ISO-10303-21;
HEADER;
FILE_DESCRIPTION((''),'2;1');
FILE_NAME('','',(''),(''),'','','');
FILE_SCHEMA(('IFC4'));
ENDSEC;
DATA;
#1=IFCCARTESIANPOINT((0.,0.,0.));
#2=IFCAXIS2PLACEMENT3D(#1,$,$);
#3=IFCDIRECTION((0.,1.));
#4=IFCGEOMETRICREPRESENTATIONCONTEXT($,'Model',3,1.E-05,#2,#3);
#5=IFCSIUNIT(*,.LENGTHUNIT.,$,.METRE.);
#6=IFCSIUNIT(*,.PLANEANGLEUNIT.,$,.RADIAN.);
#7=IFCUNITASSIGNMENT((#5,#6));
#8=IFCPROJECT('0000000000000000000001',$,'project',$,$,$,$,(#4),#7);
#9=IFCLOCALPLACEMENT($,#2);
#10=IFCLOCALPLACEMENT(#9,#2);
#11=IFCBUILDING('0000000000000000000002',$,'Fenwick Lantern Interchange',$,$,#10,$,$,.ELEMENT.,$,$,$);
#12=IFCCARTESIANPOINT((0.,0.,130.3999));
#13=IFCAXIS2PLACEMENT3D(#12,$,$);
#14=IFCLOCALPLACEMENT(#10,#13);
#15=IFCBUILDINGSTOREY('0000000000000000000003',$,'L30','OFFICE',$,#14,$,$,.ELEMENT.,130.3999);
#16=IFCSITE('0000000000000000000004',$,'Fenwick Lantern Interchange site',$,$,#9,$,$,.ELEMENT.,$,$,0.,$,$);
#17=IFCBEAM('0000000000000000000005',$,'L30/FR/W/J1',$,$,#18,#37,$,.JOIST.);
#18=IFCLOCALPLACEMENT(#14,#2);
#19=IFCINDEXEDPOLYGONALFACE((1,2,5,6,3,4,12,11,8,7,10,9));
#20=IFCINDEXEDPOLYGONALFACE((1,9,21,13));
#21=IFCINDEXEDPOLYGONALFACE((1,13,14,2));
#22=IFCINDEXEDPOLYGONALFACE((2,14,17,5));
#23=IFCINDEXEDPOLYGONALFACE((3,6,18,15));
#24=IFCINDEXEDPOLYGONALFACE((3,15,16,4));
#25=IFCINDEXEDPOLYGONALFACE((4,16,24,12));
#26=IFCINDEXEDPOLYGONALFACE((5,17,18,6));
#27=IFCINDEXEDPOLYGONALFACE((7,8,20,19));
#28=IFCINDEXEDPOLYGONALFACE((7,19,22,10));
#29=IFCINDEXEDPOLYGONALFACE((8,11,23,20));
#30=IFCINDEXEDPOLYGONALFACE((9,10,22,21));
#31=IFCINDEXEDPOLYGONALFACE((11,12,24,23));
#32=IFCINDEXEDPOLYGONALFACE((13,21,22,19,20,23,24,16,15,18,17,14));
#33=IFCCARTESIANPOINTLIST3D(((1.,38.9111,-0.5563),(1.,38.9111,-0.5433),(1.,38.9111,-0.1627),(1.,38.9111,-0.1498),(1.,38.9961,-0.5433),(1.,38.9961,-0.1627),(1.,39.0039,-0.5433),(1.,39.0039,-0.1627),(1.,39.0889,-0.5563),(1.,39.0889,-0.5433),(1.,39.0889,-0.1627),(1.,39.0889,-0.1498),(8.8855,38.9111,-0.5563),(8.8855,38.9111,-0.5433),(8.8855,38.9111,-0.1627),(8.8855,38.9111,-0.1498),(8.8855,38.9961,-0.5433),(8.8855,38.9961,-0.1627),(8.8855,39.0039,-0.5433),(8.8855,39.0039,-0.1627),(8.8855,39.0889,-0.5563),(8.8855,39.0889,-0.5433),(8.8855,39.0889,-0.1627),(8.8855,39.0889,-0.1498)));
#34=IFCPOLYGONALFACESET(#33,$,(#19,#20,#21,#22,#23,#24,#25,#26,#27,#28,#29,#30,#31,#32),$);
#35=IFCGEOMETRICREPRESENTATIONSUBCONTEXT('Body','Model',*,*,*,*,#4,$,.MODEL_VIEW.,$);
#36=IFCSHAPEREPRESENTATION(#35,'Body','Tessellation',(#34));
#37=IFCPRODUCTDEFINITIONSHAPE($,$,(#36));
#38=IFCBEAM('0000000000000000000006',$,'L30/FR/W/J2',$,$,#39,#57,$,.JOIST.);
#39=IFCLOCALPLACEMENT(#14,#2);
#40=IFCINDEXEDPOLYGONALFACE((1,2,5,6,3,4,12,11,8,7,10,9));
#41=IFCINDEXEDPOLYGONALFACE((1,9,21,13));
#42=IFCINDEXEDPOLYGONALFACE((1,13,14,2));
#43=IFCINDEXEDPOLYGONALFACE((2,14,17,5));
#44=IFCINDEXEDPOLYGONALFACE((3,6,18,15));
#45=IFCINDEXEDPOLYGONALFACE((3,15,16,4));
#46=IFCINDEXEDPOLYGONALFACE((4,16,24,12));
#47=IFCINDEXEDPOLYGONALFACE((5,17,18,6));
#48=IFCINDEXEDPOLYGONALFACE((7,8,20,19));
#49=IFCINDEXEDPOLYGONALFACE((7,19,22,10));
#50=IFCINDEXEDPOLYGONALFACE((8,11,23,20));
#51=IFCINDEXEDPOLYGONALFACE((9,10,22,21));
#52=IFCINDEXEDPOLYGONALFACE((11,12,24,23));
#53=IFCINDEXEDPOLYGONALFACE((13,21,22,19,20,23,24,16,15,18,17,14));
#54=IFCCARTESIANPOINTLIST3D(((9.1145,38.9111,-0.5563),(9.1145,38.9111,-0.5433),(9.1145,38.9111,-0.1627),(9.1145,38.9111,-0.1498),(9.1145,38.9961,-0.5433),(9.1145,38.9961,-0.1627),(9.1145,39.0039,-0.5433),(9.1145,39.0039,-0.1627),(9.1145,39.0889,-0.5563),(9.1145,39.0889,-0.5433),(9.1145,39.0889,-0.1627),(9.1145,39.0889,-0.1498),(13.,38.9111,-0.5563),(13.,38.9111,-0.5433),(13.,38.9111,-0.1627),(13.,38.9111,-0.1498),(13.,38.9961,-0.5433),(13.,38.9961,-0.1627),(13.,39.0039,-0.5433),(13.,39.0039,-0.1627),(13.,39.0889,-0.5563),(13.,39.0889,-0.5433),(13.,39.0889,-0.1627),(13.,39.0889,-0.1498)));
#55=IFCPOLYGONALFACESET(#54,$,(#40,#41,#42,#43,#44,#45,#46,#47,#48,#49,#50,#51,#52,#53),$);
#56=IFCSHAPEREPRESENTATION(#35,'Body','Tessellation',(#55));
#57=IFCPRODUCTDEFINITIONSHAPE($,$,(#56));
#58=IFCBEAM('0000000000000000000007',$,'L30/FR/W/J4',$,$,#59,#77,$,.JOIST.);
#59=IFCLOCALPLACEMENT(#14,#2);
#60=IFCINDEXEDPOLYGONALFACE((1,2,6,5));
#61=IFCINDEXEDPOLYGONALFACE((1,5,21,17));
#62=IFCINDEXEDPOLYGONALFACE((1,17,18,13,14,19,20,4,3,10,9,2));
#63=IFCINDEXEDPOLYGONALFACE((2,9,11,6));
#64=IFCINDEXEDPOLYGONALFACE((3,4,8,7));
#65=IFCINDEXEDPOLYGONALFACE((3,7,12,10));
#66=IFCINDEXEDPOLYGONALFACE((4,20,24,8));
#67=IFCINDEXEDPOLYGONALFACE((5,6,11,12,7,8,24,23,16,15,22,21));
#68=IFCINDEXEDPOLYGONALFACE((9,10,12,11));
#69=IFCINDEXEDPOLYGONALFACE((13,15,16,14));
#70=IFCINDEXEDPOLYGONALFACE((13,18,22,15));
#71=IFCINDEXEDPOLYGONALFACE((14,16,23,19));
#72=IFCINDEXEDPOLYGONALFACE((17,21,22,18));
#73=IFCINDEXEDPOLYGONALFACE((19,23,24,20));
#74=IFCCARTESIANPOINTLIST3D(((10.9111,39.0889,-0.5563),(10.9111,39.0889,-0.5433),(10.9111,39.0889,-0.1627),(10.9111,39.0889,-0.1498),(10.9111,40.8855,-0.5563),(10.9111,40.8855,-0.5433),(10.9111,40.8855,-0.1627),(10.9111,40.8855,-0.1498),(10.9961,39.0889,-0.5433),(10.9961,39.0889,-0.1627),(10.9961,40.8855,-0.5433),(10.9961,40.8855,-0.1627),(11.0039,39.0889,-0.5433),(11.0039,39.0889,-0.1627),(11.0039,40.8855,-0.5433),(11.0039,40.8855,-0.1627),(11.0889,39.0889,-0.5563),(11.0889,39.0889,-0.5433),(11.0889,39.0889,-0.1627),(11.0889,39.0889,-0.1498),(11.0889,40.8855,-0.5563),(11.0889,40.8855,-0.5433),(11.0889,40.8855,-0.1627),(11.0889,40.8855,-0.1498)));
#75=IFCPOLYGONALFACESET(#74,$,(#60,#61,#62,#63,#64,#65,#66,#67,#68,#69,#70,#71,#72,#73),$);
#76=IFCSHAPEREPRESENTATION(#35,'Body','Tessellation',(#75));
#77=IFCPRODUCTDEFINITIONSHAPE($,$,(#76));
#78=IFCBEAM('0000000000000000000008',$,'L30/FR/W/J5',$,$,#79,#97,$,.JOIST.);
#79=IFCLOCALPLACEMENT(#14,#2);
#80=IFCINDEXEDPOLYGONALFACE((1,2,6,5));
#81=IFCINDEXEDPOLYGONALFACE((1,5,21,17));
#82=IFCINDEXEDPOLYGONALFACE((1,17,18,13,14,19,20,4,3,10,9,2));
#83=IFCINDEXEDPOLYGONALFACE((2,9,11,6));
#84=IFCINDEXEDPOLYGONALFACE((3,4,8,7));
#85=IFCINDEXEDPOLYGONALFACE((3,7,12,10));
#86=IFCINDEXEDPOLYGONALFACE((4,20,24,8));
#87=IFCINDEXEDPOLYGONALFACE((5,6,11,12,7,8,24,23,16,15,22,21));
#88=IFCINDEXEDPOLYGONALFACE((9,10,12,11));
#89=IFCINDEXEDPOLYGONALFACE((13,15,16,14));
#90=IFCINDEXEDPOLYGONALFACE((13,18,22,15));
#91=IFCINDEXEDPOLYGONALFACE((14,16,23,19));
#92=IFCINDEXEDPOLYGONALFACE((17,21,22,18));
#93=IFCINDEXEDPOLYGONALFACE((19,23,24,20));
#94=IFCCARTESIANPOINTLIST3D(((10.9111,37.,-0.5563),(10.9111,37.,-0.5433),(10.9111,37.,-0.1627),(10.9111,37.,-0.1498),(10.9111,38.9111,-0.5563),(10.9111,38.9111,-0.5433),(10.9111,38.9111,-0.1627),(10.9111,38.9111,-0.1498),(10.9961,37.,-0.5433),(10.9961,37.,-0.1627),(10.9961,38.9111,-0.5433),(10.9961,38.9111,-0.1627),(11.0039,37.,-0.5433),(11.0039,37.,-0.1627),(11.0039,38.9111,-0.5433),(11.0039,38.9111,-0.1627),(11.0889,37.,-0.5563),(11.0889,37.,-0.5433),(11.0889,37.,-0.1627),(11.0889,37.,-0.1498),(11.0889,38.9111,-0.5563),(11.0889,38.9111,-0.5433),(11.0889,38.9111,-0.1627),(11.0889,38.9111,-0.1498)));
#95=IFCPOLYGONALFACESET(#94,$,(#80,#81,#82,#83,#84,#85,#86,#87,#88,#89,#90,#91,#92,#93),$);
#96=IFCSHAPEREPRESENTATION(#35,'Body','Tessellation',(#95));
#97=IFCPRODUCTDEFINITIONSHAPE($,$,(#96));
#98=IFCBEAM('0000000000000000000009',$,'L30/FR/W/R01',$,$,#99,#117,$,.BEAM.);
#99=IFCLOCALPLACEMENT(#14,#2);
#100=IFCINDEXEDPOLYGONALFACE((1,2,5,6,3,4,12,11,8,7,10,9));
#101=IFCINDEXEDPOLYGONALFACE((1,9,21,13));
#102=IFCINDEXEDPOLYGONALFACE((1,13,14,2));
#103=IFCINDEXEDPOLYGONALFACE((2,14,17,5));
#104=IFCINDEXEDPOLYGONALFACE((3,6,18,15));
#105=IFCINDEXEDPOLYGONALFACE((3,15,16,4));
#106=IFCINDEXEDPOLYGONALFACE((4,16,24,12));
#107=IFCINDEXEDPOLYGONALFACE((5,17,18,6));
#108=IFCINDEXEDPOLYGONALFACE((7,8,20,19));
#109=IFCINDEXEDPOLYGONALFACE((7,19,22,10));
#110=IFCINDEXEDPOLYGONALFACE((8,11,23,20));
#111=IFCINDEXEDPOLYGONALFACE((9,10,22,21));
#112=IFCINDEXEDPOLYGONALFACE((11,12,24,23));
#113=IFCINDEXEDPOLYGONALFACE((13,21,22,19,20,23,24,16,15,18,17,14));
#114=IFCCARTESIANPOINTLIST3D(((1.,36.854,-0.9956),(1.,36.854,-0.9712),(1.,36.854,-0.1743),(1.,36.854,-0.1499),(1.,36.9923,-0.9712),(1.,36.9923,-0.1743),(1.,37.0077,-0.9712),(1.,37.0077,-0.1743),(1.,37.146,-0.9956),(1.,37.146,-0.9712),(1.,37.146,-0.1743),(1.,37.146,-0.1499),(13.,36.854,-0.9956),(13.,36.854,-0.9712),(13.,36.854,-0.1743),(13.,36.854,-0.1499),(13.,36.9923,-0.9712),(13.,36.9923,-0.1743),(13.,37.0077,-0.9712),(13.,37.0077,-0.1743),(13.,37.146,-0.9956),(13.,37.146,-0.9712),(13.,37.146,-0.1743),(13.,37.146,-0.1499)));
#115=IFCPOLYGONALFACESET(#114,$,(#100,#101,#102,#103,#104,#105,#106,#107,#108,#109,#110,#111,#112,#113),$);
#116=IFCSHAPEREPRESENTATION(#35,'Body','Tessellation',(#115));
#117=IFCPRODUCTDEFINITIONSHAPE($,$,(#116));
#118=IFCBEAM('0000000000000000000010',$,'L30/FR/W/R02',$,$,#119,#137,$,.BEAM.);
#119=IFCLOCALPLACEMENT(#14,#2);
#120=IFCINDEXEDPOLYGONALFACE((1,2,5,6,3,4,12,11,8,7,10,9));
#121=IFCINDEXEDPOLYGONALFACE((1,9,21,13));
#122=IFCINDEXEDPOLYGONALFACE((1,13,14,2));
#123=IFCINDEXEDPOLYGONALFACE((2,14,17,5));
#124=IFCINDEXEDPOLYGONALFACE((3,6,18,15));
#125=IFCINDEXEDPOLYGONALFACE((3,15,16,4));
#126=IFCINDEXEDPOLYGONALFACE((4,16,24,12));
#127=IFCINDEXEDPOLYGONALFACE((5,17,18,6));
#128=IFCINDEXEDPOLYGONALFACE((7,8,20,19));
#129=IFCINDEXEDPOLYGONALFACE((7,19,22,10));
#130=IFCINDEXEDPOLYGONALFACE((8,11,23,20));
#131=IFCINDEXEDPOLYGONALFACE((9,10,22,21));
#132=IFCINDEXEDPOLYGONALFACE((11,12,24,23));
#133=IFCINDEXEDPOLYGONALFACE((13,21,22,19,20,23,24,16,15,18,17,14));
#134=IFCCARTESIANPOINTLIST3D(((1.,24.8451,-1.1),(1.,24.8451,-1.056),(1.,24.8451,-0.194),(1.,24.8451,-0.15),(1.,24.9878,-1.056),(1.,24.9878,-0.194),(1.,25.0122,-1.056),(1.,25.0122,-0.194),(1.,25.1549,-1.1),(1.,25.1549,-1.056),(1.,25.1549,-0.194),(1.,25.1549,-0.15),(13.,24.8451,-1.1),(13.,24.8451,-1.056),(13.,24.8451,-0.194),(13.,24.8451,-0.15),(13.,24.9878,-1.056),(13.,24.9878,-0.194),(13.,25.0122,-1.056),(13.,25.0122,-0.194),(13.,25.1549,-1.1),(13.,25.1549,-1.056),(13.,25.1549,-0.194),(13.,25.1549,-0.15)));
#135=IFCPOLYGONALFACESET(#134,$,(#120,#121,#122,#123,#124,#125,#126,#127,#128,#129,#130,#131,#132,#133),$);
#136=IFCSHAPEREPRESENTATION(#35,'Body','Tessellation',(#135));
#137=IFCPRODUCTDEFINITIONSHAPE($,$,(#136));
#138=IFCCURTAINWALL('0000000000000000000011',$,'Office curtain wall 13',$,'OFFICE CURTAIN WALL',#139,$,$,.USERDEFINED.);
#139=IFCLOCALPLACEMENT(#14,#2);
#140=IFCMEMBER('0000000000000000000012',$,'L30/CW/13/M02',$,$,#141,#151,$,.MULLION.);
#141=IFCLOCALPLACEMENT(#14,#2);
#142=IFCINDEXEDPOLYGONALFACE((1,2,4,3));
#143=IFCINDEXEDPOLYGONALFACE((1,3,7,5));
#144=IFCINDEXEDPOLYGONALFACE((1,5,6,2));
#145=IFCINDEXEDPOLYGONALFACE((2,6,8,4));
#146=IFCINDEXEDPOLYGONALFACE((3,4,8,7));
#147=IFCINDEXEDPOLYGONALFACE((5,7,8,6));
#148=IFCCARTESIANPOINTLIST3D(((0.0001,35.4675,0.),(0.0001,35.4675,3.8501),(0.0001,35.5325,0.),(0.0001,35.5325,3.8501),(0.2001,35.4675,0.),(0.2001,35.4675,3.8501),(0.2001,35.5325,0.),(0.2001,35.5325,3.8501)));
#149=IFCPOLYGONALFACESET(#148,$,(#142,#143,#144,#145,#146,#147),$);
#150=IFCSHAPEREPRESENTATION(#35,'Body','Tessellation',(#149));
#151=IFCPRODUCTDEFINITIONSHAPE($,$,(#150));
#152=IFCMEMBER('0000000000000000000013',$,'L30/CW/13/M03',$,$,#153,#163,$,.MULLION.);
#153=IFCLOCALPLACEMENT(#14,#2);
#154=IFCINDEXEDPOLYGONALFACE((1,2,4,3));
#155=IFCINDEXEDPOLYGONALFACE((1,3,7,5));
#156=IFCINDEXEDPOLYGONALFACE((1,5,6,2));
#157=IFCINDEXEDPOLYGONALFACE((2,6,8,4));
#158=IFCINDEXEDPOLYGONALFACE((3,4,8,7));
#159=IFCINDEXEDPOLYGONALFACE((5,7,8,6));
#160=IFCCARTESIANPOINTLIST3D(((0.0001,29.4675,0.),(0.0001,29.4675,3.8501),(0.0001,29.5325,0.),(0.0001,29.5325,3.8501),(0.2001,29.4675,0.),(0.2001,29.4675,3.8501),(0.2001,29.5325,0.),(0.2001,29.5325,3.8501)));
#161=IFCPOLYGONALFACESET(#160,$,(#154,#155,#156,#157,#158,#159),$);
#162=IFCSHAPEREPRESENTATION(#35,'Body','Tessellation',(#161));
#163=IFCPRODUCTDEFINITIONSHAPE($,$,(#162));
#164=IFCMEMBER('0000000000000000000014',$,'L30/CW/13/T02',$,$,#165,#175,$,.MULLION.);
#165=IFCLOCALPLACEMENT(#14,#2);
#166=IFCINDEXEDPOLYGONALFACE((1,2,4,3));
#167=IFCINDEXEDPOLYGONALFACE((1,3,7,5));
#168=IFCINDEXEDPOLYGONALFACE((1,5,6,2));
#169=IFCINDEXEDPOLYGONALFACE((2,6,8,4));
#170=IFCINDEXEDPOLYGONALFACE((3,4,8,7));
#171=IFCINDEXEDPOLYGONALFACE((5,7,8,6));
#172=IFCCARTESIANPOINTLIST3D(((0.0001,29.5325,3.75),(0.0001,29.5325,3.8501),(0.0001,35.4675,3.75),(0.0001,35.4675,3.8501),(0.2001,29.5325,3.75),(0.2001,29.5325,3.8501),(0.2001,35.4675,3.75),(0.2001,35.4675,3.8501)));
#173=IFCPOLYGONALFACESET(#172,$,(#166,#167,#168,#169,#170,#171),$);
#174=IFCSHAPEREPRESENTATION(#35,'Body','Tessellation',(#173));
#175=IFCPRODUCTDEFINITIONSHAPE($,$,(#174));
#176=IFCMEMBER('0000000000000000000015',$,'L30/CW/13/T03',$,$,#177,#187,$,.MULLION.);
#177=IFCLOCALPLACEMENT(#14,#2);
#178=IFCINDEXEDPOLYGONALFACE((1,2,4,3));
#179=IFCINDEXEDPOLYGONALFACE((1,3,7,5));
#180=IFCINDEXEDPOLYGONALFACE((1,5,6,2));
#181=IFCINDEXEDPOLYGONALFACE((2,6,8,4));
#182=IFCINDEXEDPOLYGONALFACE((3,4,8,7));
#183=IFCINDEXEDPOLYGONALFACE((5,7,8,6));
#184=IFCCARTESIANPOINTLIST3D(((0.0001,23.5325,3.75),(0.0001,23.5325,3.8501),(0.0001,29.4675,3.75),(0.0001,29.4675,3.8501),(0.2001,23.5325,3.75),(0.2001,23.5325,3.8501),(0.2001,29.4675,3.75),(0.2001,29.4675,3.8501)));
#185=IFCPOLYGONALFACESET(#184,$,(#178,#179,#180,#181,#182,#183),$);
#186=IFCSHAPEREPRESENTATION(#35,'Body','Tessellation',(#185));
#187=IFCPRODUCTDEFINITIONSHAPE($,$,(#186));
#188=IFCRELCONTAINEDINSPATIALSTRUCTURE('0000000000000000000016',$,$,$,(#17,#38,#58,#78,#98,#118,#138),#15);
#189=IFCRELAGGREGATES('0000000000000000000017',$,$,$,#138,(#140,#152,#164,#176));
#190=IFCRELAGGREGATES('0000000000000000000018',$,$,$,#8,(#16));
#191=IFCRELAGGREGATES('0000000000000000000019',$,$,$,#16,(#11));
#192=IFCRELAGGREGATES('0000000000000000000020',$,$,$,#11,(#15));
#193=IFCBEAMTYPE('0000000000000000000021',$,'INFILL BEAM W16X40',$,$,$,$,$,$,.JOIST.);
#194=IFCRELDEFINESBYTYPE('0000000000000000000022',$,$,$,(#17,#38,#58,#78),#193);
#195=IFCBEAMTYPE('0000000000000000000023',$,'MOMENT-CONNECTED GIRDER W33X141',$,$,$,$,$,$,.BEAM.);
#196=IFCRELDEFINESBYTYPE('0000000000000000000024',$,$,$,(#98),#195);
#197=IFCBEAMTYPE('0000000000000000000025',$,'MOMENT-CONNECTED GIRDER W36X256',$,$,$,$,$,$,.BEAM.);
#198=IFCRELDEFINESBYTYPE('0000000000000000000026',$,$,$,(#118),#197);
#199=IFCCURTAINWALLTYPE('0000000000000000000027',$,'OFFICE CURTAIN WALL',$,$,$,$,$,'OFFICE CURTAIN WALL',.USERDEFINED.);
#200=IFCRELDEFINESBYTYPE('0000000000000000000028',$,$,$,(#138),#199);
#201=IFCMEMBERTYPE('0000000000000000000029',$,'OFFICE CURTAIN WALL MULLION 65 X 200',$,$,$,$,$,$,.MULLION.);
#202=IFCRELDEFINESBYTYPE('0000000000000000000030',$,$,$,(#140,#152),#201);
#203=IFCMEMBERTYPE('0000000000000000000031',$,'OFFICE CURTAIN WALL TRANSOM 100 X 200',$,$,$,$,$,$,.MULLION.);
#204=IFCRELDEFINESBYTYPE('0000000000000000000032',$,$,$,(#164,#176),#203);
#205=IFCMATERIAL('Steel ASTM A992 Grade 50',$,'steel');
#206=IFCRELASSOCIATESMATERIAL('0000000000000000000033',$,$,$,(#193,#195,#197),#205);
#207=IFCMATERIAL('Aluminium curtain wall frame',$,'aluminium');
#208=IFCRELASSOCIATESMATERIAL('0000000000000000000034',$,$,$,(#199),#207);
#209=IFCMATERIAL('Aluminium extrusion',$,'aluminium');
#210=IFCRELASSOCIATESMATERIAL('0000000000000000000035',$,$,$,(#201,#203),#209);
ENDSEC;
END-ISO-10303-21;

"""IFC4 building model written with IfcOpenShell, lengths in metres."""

from ifc_helpers import new_model, si_unit, direction, frame, origin, origin_2d, place, context, subcontext, project, spatial, rectangle, i_section, extrude, material, material_profile, profile_set, type_object, element, aggregate, save


model = new_model("IFC4")

# Units and contexts
model_context = context("Model", 3, precision=1e-05, world=origin(), true_north=direction((0.0, 1.0)))
body_context = subcontext(model_context, "Body", "Model", "MODEL_VIEW")
ifc_project = project(units=[si_unit("LENGTHUNIT", "METRE"), si_unit("PLANEANGLEUNIT", "RADIAN")], contexts=[model_context])

# Site, building, storey
site_placement = place(None, origin())
site = spatial("IfcSite", under=ifc_project, at=site_placement, Name="Fenwick Lantern Interchange site", CompositionType="ELEMENT", RefElevation=0.0)
building_placement = place(site_placement, origin())
building = spatial("IfcBuilding", under=site, at=building_placement, Name="Fenwick Lantern Interchange", CompositionType="ELEMENT")
storey_placement = place(building_placement, frame((0.0, 0.0, 130.3999)))
storey = spatial("IfcBuildingStorey", under=building, at=storey_placement, Name="L30", Description="OFFICE", CompositionType="ELEMENT", Elevation=130.3999)

# Shared definitions
ifc_material_1 = material(Name="Steel ASTM A992 Grade 50", Category="steel")

# Beams
ifc_material_profile_1 = material_profile(ifc_material_1, i_section(OverallWidth=0.1777, OverallDepth=0.4065, WebThickness=0.0078, FlangeThickness=0.0129, at=origin_2d()), Name="W16X40")
ifc_profile_set_1 = profile_set([ifc_material_profile_1], Name="Steel ASTM A992 Grade 50")
beam_type_1 = type_object("IfcBeamType", Name="INFILL BEAM W16X40", PredefinedType="JOIST", material=ifc_profile_set_1)
beam_1_placement = place(storey_placement, frame((1.0, 39.0, -0.353), z_axis=(1.0, 0.0, 0.0), x_axis=(0.0, 1.0, 0.0)))
element("IfcBeam", 1, at=beam_1_placement, inside=storey, type_object=beam_type_1, Name="L30/FR/W/J1", PredefinedType="JOIST", context=body_context, shape_type="SweptSolid", body=[
    extrude(i_section(OverallWidth=0.1777, OverallDepth=0.4065, WebThickness=0.0078, FlangeThickness=0.0129, at=origin_2d()), origin(), (0.0, 0.0, 1.0), 7.8855),
])
beam_2_placement = place(storey_placement, frame((9.1145, 39.0, -0.353), z_axis=(1.0, 0.0, 0.0), x_axis=(0.0, 1.0, 0.0)))
element("IfcBeam", 2, at=beam_2_placement, inside=storey, type_object=beam_type_1, Name="L30/FR/W/J2", PredefinedType="JOIST", context=body_context, shape_type="SweptSolid", body=[
    extrude(i_section(OverallWidth=0.1777, OverallDepth=0.4065, WebThickness=0.0078, FlangeThickness=0.0129, at=origin_2d()), origin(), (0.0, 0.0, 1.0), 3.8855),
])
beam_3_placement = place(storey_placement, frame((11.0, 40.8855, -0.353), z_axis=(0.0, -1.0, 0.0), x_axis=(1.0, 0.0, 0.0)))
element("IfcBeam", 3, at=beam_3_placement, inside=storey, type_object=beam_type_1, Name="L30/FR/W/J4", PredefinedType="JOIST", context=body_context, shape_type="SweptSolid", body=[
    extrude(i_section(OverallWidth=0.1777, OverallDepth=0.4065, WebThickness=0.0078, FlangeThickness=0.0129, at=origin_2d()), origin(), (0.0, 0.0, 1.0), 1.7966),
])
beam_4_placement = place(storey_placement, frame((11.0, 38.9111, -0.353), z_axis=(0.0, -1.0, 0.0), x_axis=(1.0, 0.0, 0.0)))
element("IfcBeam", 4, at=beam_4_placement, inside=storey, type_object=beam_type_1, Name="L30/FR/W/J5", PredefinedType="JOIST", context=body_context, shape_type="SweptSolid", body=[
    extrude(i_section(OverallWidth=0.1777, OverallDepth=0.4065, WebThickness=0.0078, FlangeThickness=0.0129, at=origin_2d()), origin(), (0.0, 0.0, 1.0), 1.9111),
])
ifc_material_profile_2 = material_profile(ifc_material_1, i_section(OverallWidth=0.292, OverallDepth=0.8457, WebThickness=0.0154, FlangeThickness=0.0244, at=origin_2d()), Name="W33X141")
ifc_profile_set_2 = profile_set([ifc_material_profile_2], Name="Steel ASTM A992 Grade 50")
beam_type_2 = type_object("IfcBeamType", Name="MOMENT-CONNECTED GIRDER W33X141", PredefinedType="BEAM", material=ifc_profile_set_2)
beam_5_placement = place(storey_placement, frame((1.0, 37.0, -0.5728), z_axis=(1.0, 0.0, 0.0), x_axis=(0.0, 1.0, 0.0)))
element("IfcBeam", 5, at=beam_5_placement, inside=storey, type_object=beam_type_2, Name="L30/FR/W/R01", PredefinedType="BEAM", context=body_context, shape_type="SweptSolid", body=[
    extrude(i_section(OverallWidth=0.292, OverallDepth=0.8457, WebThickness=0.0154, FlangeThickness=0.0244, at=origin_2d()), origin(), (0.0, 0.0, 1.0), 12.0),
])
ifc_material_profile_3 = material_profile(ifc_material_1, i_section(OverallWidth=0.3098, OverallDepth=0.95, WebThickness=0.0244, FlangeThickness=0.0439, at=origin_2d()), Name="W36X256")
ifc_profile_set_3 = profile_set([ifc_material_profile_3], Name="Steel ASTM A992 Grade 50")
beam_type_3 = type_object("IfcBeamType", Name="MOMENT-CONNECTED GIRDER W36X256", PredefinedType="BEAM", material=ifc_profile_set_3)
beam_6_placement = place(storey_placement, frame((1.0, 25.0, -0.625), z_axis=(1.0, 0.0, 0.0), x_axis=(0.0, 1.0, 0.0)))
element("IfcBeam", 6, at=beam_6_placement, inside=storey, type_object=beam_type_3, Name="L30/FR/W/R02", PredefinedType="BEAM", context=body_context, shape_type="SweptSolid", body=[
    extrude(i_section(OverallWidth=0.3098, OverallDepth=0.95, WebThickness=0.0244, FlangeThickness=0.0439, at=origin_2d()), origin(), (0.0, 0.0, 1.0), 12.0),
])

# Curtain wall, members
ifc_material_2 = material(Name="Aluminium curtain wall frame", Category="aluminium")
curtain_wall_type = type_object("IfcCurtainWallType", Name="OFFICE CURTAIN WALL", ElementType="OFFICE CURTAIN WALL", PredefinedType="USERDEFINED", material=ifc_material_2)
curtain_wall_placement = place(storey_placement, origin())
curtain_wall = element("IfcCurtainWall", 7, at=curtain_wall_placement, inside=storey, type_object=curtain_wall_type, Name="Office curtain wall 13", ObjectType="OFFICE CURTAIN WALL", PredefinedType="USERDEFINED")
ifc_material_3 = material(Name="Aluminium extrusion", Category="aluminium")
ifc_material_profile_4 = material_profile(ifc_material_3, rectangle(XDim=0.2, YDim=0.0649, at=origin_2d()), Name="OFFICE CURTAIN WALL MULLION 65 X 200")
ifc_profile_set_4 = profile_set([ifc_material_profile_4], Name="Aluminium extrusion")
member_type_1 = type_object("IfcMemberType", Name="OFFICE CURTAIN WALL MULLION 65 X 200", PredefinedType="MULLION", material=ifc_profile_set_4)
member_1_placement = place(storey_placement, frame((0.1001, 35.5, 0.0), z_axis=(0.0, 0.0, 1.0), x_axis=(1.0, 0.0, 0.0)))
member_1 = element("IfcMember", 8, at=member_1_placement, type_object=member_type_1, Name="L30/CW/13/M02", PredefinedType="MULLION", context=body_context, shape_type="SweptSolid", body=[
    extrude(rectangle(XDim=0.2, YDim=0.0649, at=origin_2d()), origin(), (0.0, 0.0, 1.0), 3.8501),
])
member_2_placement = place(storey_placement, frame((0.1001, 29.5, 0.0), z_axis=(0.0, 0.0, 1.0), x_axis=(1.0, 0.0, 0.0)))
member_2 = element("IfcMember", 9, at=member_2_placement, type_object=member_type_1, Name="L30/CW/13/M03", PredefinedType="MULLION", context=body_context, shape_type="SweptSolid", body=[
    extrude(rectangle(XDim=0.2, YDim=0.0649, at=origin_2d()), origin(), (0.0, 0.0, 1.0), 3.8501),
])
ifc_material_profile_5 = material_profile(ifc_material_3, rectangle(XDim=0.2, YDim=0.1001, at=origin_2d()), Name="OFFICE CURTAIN WALL TRANSOM 100 X 200")
ifc_profile_set_5 = profile_set([ifc_material_profile_5], Name="Aluminium extrusion")
member_type_2 = type_object("IfcMemberType", Name="OFFICE CURTAIN WALL TRANSOM 100 X 200", PredefinedType="MULLION", material=ifc_profile_set_5)
member_3_placement = place(storey_placement, frame((0.1001, 35.4675, 3.8), z_axis=(0.0, -1.0, 0.0), x_axis=(1.0, 0.0, 0.0)))
member_3 = element("IfcMember", 10, at=member_3_placement, type_object=member_type_2, Name="L30/CW/13/T02", PredefinedType="MULLION", context=body_context, shape_type="SweptSolid", body=[
    extrude(rectangle(XDim=0.2, YDim=0.1001, at=origin_2d()), origin(), (0.0, 0.0, 1.0), 5.9351),
])
member_4_placement = place(storey_placement, frame((0.1001, 29.4675, 3.8), z_axis=(0.0, -1.0, 0.0), x_axis=(1.0, 0.0, 0.0)))
member_4 = element("IfcMember", 11, at=member_4_placement, type_object=member_type_2, Name="L30/CW/13/T03", PredefinedType="MULLION", context=body_context, shape_type="SweptSolid", body=[
    extrude(rectangle(XDim=0.2, YDim=0.1001, at=origin_2d()), origin(), (0.0, 0.0, 1.0), 5.9351),
])
aggregate(curtain_wall, [member_1, member_2, member_3, member_4])

save(model, "model.ifc")
